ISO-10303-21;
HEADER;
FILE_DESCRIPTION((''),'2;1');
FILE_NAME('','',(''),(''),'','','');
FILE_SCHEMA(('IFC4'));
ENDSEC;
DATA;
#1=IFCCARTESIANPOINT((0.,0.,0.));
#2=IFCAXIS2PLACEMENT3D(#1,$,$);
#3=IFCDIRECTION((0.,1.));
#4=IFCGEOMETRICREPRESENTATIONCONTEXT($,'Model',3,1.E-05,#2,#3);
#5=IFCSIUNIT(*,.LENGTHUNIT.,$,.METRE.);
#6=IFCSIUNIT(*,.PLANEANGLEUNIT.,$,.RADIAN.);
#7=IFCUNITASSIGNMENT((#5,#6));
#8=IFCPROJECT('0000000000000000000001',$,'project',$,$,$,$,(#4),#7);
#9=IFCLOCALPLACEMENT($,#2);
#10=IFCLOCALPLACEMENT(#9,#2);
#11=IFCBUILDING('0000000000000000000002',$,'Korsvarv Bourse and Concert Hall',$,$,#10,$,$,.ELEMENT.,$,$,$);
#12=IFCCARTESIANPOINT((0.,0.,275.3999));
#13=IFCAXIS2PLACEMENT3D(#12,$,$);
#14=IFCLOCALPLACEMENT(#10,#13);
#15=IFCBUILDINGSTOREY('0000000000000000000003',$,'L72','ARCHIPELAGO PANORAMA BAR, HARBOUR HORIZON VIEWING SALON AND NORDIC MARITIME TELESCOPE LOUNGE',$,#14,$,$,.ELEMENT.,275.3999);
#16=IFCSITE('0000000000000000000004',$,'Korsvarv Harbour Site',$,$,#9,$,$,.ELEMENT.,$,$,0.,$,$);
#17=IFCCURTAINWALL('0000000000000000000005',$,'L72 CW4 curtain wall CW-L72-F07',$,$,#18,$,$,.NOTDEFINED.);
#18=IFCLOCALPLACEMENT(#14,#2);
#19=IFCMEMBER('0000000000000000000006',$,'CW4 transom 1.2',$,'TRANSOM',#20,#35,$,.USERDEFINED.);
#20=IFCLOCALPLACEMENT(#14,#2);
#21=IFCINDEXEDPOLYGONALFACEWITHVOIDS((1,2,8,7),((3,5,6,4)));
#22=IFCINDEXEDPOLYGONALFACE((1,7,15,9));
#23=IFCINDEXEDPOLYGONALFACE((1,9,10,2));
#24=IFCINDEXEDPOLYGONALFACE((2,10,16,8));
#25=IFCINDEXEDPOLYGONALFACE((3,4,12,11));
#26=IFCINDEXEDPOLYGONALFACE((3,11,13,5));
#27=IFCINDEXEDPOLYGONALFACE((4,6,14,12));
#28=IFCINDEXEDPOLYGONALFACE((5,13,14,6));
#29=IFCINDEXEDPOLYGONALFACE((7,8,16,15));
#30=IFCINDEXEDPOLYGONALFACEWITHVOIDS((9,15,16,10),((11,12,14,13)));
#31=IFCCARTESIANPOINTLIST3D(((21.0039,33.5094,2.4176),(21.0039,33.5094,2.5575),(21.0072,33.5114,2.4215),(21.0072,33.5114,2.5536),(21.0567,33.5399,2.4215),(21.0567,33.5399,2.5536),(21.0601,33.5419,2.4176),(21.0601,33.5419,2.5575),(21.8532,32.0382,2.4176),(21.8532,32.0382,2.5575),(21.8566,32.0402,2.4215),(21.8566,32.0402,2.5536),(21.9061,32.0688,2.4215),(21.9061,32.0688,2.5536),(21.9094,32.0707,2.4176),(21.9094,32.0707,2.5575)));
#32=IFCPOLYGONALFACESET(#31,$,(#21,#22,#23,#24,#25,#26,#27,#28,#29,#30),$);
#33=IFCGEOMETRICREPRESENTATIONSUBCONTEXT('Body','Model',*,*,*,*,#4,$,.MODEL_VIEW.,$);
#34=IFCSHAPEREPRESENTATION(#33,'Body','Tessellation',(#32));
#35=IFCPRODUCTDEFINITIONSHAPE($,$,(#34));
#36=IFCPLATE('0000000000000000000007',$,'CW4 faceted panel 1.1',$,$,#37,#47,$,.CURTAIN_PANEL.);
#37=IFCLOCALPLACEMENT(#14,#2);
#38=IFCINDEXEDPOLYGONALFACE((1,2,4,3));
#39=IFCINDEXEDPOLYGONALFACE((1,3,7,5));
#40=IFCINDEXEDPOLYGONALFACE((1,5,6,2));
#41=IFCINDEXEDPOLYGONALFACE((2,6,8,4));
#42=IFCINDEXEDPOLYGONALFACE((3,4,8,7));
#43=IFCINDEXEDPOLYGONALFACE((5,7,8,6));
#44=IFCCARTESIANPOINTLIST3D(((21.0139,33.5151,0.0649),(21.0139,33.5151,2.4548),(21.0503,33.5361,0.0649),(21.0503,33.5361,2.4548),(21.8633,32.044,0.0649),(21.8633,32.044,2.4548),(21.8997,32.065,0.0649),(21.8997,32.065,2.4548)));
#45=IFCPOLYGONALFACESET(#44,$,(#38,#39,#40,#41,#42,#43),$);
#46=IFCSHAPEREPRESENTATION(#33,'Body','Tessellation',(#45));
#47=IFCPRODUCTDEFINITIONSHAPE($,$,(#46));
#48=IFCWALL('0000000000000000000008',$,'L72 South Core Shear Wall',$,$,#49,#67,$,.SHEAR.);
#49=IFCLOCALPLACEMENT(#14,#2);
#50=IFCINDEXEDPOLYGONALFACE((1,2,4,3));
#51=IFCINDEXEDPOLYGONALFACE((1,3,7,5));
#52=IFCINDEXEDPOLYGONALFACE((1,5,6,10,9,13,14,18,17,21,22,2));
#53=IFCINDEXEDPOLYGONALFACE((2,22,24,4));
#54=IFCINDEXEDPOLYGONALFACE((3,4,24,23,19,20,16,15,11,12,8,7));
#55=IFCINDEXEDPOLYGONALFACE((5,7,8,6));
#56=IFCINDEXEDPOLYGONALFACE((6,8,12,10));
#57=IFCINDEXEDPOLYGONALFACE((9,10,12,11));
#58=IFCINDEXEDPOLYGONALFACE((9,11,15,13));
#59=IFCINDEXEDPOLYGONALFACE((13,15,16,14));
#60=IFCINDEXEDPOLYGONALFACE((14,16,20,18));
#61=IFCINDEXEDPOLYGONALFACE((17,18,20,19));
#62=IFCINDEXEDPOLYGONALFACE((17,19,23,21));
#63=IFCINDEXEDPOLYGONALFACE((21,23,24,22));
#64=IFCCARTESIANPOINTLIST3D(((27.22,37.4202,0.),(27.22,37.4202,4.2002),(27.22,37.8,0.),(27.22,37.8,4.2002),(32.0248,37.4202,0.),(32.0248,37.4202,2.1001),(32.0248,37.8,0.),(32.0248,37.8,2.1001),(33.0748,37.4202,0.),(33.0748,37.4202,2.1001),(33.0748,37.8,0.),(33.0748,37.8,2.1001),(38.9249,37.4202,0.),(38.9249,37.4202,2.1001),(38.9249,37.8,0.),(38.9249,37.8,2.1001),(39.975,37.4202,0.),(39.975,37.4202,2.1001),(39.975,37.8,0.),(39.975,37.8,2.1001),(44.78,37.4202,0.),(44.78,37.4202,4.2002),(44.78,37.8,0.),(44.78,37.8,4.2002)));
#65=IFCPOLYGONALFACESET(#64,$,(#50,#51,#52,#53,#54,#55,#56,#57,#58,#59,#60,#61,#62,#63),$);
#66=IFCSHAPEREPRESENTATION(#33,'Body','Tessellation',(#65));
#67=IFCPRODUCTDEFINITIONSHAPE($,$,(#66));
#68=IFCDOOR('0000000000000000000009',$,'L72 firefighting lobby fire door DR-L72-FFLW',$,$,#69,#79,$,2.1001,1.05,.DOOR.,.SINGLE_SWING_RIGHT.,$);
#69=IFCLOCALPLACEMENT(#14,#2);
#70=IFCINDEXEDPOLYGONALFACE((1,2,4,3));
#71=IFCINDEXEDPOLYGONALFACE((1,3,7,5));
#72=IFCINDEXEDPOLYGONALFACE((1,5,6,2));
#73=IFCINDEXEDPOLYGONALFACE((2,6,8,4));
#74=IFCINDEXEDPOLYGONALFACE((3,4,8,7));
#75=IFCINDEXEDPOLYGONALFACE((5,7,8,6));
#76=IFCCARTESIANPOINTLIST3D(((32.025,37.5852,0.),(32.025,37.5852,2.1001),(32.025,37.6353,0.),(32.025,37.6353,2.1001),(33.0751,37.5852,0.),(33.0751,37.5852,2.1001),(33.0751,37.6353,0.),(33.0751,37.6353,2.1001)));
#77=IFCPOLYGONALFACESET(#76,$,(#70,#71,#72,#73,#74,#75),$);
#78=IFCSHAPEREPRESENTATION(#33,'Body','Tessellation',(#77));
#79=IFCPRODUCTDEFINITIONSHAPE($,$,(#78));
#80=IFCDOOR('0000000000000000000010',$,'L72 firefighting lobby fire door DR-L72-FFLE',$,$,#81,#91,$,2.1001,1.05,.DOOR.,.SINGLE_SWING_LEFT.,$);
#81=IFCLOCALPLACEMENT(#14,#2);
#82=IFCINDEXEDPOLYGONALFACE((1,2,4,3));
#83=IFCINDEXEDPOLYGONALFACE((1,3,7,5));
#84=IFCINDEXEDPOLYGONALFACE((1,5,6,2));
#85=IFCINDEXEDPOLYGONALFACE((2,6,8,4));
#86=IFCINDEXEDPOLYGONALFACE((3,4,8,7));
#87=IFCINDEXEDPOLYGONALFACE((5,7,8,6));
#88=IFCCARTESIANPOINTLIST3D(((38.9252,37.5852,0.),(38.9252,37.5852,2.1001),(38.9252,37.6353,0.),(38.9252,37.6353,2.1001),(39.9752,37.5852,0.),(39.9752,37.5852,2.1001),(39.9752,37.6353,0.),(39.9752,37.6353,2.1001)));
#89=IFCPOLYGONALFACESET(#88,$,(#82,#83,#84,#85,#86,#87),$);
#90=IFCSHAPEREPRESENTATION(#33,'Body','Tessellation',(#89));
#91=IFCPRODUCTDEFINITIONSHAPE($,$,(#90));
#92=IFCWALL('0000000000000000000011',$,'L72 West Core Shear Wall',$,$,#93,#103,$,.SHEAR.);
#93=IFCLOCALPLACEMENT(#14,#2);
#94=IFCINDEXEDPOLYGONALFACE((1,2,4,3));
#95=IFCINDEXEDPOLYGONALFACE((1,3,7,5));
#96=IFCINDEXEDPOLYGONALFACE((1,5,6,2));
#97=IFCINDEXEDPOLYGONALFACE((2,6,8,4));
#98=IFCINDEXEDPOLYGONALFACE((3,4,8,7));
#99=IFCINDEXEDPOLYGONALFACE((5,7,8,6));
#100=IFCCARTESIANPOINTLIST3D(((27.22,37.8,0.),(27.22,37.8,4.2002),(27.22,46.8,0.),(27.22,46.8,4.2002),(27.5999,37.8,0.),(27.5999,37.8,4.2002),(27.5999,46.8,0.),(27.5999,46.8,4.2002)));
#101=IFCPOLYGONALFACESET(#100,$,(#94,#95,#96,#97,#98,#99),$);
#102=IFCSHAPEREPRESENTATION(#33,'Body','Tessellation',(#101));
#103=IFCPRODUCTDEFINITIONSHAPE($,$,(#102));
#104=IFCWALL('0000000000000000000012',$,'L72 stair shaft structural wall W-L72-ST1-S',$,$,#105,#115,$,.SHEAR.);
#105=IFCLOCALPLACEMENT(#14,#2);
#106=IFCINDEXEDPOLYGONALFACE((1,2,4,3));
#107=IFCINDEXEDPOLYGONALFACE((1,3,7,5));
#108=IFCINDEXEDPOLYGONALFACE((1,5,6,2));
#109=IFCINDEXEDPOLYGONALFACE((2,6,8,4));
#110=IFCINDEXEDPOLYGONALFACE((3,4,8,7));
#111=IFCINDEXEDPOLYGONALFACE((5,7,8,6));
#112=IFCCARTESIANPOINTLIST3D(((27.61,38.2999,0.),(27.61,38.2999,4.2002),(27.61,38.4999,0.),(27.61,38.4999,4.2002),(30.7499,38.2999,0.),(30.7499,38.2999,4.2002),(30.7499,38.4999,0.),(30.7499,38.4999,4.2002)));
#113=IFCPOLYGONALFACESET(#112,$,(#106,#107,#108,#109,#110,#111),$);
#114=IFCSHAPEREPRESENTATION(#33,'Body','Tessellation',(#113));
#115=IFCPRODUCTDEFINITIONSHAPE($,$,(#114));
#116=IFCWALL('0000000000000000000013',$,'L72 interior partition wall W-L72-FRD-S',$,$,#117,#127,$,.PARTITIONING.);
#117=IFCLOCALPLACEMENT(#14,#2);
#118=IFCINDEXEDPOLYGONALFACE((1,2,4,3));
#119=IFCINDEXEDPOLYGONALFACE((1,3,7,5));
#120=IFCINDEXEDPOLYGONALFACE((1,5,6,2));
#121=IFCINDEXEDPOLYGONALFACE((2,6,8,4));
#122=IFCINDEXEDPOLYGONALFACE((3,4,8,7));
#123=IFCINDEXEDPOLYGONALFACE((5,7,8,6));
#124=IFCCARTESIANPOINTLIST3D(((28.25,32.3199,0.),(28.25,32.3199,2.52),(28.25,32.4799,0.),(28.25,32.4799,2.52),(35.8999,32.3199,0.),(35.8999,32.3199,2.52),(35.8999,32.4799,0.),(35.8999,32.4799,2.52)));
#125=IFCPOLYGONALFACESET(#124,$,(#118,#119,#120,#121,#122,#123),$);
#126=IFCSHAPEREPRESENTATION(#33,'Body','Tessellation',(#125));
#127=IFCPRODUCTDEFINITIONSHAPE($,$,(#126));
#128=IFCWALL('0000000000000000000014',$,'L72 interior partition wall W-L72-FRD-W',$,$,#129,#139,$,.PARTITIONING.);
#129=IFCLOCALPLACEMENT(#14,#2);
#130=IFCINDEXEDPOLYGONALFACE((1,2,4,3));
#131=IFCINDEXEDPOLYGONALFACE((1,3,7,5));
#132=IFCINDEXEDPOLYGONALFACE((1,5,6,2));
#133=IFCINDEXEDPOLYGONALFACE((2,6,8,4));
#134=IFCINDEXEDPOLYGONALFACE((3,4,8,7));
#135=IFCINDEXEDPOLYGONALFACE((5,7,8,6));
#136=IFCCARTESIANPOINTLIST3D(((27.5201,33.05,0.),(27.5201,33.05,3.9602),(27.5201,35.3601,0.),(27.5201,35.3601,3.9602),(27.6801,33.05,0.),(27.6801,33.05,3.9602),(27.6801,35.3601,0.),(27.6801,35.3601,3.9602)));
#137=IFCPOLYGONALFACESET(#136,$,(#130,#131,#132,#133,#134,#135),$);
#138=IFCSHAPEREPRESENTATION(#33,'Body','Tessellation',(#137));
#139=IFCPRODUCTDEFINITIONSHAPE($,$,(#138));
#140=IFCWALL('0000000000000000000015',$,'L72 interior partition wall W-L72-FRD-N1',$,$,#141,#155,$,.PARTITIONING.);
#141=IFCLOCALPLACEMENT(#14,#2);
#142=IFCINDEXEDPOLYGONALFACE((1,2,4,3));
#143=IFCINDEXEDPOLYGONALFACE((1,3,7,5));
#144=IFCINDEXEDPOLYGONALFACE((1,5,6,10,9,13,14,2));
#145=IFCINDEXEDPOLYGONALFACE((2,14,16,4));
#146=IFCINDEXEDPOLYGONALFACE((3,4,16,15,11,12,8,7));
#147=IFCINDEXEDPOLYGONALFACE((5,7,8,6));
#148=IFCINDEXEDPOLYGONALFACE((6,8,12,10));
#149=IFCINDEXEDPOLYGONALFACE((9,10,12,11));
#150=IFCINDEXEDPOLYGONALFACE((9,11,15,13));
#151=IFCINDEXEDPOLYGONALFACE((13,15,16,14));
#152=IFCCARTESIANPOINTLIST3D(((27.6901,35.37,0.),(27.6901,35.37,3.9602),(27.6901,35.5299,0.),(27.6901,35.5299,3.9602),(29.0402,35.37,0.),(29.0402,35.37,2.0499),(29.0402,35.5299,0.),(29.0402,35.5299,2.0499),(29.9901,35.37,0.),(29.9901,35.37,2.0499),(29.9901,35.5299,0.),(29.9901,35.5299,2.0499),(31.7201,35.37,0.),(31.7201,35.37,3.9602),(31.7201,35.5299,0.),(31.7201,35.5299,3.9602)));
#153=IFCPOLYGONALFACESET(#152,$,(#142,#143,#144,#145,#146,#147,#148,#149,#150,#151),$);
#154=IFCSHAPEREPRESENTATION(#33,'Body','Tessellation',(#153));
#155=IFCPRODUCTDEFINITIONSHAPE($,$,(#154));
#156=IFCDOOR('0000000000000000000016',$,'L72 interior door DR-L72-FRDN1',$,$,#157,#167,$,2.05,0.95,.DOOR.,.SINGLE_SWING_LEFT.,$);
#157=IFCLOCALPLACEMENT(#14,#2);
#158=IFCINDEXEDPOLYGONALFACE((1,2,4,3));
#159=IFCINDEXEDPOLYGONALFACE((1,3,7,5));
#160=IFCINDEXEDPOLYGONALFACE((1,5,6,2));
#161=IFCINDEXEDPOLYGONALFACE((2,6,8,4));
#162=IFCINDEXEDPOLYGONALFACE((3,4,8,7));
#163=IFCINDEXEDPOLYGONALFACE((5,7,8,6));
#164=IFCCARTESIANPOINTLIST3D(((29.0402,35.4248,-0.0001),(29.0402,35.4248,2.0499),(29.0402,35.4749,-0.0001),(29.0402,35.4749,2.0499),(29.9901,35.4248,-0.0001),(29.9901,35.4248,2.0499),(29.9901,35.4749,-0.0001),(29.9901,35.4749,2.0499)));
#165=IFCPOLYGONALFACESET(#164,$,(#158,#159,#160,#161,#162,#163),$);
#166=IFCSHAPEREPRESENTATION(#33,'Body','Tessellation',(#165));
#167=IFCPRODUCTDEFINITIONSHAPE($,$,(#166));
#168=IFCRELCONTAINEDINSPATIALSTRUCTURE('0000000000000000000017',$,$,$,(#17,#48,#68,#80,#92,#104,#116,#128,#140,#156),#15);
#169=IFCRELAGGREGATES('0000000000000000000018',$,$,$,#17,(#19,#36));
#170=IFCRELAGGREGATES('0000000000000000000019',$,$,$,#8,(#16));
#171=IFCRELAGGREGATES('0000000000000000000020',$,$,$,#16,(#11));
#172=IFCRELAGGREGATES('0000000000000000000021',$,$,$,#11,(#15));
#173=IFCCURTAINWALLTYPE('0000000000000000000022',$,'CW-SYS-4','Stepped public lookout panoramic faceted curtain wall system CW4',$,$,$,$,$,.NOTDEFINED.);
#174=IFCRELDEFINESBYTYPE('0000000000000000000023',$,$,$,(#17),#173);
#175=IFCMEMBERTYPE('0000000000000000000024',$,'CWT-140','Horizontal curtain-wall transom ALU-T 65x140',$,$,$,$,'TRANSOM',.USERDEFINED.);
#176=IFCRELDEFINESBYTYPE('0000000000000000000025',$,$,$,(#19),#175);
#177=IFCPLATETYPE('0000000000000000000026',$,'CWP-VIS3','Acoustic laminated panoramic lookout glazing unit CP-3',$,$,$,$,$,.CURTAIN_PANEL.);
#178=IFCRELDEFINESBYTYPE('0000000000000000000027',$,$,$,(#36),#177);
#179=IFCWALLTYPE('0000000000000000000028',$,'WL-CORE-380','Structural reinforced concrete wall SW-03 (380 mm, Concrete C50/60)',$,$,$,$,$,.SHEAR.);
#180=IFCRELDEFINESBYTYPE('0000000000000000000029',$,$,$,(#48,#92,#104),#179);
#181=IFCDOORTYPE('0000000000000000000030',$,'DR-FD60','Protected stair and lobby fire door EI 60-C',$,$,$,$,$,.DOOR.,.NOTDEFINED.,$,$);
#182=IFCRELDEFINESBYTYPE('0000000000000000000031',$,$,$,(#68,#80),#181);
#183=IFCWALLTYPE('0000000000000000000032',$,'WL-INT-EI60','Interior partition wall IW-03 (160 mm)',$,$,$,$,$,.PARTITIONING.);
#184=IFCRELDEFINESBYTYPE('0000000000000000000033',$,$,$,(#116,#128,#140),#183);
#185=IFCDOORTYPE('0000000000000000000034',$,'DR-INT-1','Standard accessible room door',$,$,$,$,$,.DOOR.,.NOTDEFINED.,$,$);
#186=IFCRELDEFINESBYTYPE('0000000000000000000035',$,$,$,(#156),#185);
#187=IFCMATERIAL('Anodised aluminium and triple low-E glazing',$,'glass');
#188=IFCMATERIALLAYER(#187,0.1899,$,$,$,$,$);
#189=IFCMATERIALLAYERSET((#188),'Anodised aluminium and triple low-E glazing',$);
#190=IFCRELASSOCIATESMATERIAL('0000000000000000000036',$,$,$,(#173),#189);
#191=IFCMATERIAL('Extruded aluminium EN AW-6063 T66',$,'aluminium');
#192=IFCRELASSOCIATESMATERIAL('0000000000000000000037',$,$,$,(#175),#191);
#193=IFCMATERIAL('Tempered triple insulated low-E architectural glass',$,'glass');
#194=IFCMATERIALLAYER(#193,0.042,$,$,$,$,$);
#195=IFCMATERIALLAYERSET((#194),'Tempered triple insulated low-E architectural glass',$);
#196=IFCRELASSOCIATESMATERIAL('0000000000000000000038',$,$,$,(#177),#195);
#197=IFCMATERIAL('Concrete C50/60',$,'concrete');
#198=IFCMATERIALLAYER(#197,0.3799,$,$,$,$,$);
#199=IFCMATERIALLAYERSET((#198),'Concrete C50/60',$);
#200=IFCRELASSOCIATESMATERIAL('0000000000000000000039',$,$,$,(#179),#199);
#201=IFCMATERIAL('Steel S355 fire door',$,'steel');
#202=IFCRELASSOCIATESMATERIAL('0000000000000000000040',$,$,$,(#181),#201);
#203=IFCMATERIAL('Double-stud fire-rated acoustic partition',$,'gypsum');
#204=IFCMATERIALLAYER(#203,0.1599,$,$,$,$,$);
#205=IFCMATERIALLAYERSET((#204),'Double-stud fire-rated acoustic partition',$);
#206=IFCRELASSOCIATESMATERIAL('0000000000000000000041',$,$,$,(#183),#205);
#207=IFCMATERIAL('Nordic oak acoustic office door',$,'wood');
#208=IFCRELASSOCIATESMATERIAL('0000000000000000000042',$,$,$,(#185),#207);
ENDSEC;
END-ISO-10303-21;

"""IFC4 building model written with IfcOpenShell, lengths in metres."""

from ifc_helpers import new_model, si_unit, direction, frame, frame_2d, origin, origin_2d, place, context, subcontext, project, spatial, rectangle, hollow_rectangle, extrude, source, transform, mapped, material, layer, layer_set, material_profile, profile_set, type_object, element, fill, aggregate, save


model = new_model("IFC4")

# Units and contexts
model_context = context("Model", 3, precision=1e-05, world=origin(), true_north=direction((0.0, 1.0)))
body_context = subcontext(model_context, "Body", "Model", "MODEL_VIEW")
ifc_project = project(units=[si_unit("LENGTHUNIT", "METRE"), si_unit("PLANEANGLEUNIT", "RADIAN")], contexts=[model_context])

# Site, building, storey
site_placement = place(None, origin())
site = spatial("IfcSite", under=ifc_project, at=site_placement, Name="Korsvarv Harbour Site", CompositionType="ELEMENT", RefElevation=0.0)
building_placement = place(site_placement, origin())
building = spatial("IfcBuilding", under=site, at=building_placement, Name="Korsvarv Bourse and Concert Hall", CompositionType="ELEMENT")
storey_placement = place(building_placement, frame((0.0, 0.0, 275.3999)))
storey = spatial("IfcBuildingStorey", under=building, at=storey_placement, Name="L72", Description="ARCHIPELAGO PANORAMA BAR, HARBOUR HORIZON VIEWING SALON AND NORDIC MARITIME TELESCOPE LOUNGE", CompositionType="ELEMENT", Elevation=275.3999)

# Shared definitions
ifc_material_1 = material(Name="Concrete C50/60", Category="concrete")

# Curtain wall, member, plate
ifc_material_2 = material(Name="Anodised aluminium and triple low-E glazing", Category="glass")
ifc_layer_1 = layer(ifc_material_2, 0.1899)
ifc_layer_set_1 = layer_set([ifc_layer_1], Name="Anodised aluminium and triple low-E glazing")
curtain_wall_type = type_object("IfcCurtainWallType", Name="CW-SYS-4", Description="Stepped public lookout panoramic faceted curtain wall system CW4", PredefinedType="NOTDEFINED", material=ifc_layer_set_1)
curtain_wall_placement = place(storey_placement, origin())
curtain_wall = element("IfcCurtainWall", 1, at=curtain_wall_placement, inside=storey, type_object=curtain_wall_type, Name="L72 CW4 curtain wall CW-L72-F07", PredefinedType="NOTDEFINED")
ifc_material_3 = material(Name="Extruded aluminium EN AW-6063 T66", Category="aluminium")
ifc_material_profile_1 = material_profile(ifc_material_3, hollow_rectangle(XDim=0.0649, YDim=0.1399, WallThickness=0.0039, at=origin_2d()), Name="ALU-T 65x140")
ifc_profile_set_1 = profile_set([ifc_material_profile_1], Name="Extruded aluminium EN AW-6063 T66")
member_type_1 = type_object("IfcMemberType", Name="CWT-140", Description="Horizontal curtain-wall transom ALU-T 65x140", ElementType="TRANSOM", PredefinedType="USERDEFINED", material=ifc_profile_set_1)
shared_shape_1 = source(origin(), body_context, "Body", "SweptSolid", [
    extrude(hollow_rectangle(XDim=0.0649, YDim=0.1399, WallThickness=0.0039, at=origin_2d()), origin(), (0.0, 0.0, 1.0), 1.6987),
])
member_1_placement = place(storey_placement, frame((21.032, 33.5256, 2.4875), z_axis=(0.499988, -0.866032, 0.0), x_axis=(0.866032, 0.499988, 0.0)))
member_1 = element("IfcMember", 2, at=member_1_placement, type_object=member_type_1, Name="CW4 transom 1.2", ObjectType="TRANSOM", PredefinedType="USERDEFINED", context=body_context, shape_type="MappedRepresentation", body=[
    mapped(shared_shape_1, transform((0.0, 0.0, 0.0), scale=1.0)),
])
ifc_material_4 = material(Name="Tempered triple insulated low-E architectural glass", Category="glass")
ifc_layer_2 = layer(ifc_material_4, 0.042)
ifc_layer_set_2 = layer_set([ifc_layer_2], Name="Tempered triple insulated low-E architectural glass")
plate_type = type_object("IfcPlateType", Name="CWP-VIS3", Description="Acoustic laminated panoramic lookout glazing unit CP-3", PredefinedType="CURTAIN_PANEL", material=ifc_layer_set_2)
shared_shape_2 = source(origin(), body_context, "Body", "SweptSolid", [
    extrude(rectangle(XDim=1.6987, YDim=0.042, at=origin_2d()), origin(), (0.0, 0.0, 1.0), 2.3899),
])
plate_placement = place(storey_placement, frame((21.4568, 32.79, 0.0649), z_axis=(0.0, 0.0, 1.0), x_axis=(0.500004, -0.866023, 0.0)))
plate = element("IfcPlate", 3, at=plate_placement, type_object=plate_type, Name="CW4 faceted panel 1.1", PredefinedType="CURTAIN_PANEL", context=body_context, shape_type="MappedRepresentation", body=[
    mapped(shared_shape_2, transform((0.0, 0.0, 0.0), scale=1.0)),
])
aggregate(curtain_wall, [member_1, plate])

# Wall, openings, doors
ifc_layer_3 = layer(ifc_material_1, 0.3799)
ifc_layer_set_3 = layer_set([ifc_layer_3], Name="Concrete C50/60")
wall_type_1 = type_object("IfcWallType", Name="WL-CORE-380", Description="Structural reinforced concrete wall SW-03 (380 mm, Concrete C50/60)", PredefinedType="SHEAR", material=ifc_layer_set_3)
wall_1_placement = place(storey_placement, frame((27.22, 37.6101, 0.0), z_axis=(0.0, 0.0, 1.0), x_axis=(1.0, 0.0, 0.0)))
wall_1 = element("IfcWall", 4, at=wall_1_placement, inside=storey, type_object=wall_type_1, Name="L72 South Core Shear Wall", PredefinedType="SHEAR", context=body_context, shape_type="SweptSolid", body=[
    extrude(rectangle(XDim=17.5601, YDim=0.3799, at=frame_2d((8.78, 0.0))), origin(), (0.0, 0.0, 1.0), 4.2002),
])
opening_1_placement = place(wall_1_placement, frame((4.8049, 0.0, 0.0)))
opening_1 = element("IfcOpeningElement", 5, at=opening_1_placement, cuts=wall_1, PredefinedType="OPENING", context=body_context, shape_type="SweptSolid", body=[
    extrude(rectangle(XDim=1.05, YDim=2.1001, at=frame_2d((0.5249, 1.05))), frame((0.0, 0.2, 0.0), z_axis=(0.0, -1.0, 0.0), x_axis=(1.0, 0.0, 0.0)), (0.0, 0.0, 1.0), 0.3999),
])
opening_2_placement = place(wall_1_placement, frame((11.7051, 0.0, 0.0)))
opening_2 = element("IfcOpeningElement", 6, at=opening_2_placement, cuts=wall_1, PredefinedType="OPENING", context=body_context, shape_type="SweptSolid", body=[
    extrude(rectangle(XDim=1.05, YDim=2.1001, at=frame_2d((0.5249, 1.05))), frame((0.0, 0.2, 0.0), z_axis=(0.0, -1.0, 0.0), x_axis=(1.0, 0.0, 0.0)), (0.0, 0.0, 1.0), 0.3999),
])
ifc_material_5 = material(Name="Steel S355 fire door", Category="steel")
door_type_1 = type_object("IfcDoorType", Name="DR-FD60", Description="Protected stair and lobby fire door EI 60-C", OperationType="NOTDEFINED", PredefinedType="DOOR", material=ifc_material_5)
door_1_placement = place(opening_1_placement, frame((1.05, 0.0, 0.0), z_axis=(0.0, 0.0, 1.0), x_axis=(-1.0, 0.0, 0.0)))
door_1 = element("IfcDoor", 7, at=door_1_placement, inside=storey, type_object=door_type_1, Name="L72 firefighting lobby fire door DR-L72-FFLW", OperationType="SINGLE_SWING_RIGHT", OverallHeight=2.1001, OverallWidth=1.05, PredefinedType="DOOR", context=body_context, shape_type="SweptSolid", body=[
    extrude(rectangle(XDim=1.05, YDim=2.1001, at=frame_2d((0.5249, 1.05))), frame((0.0, 0.0249, 0.0), z_axis=(0.0, -1.0, 0.0), x_axis=(1.0, 0.0, 0.0)), (0.0, 0.0, 1.0), 0.05),
])
fill(opening_1, door_1)
door_2_placement = place(opening_2_placement, frame((1.05, 0.0, 0.0), z_axis=(0.0, 0.0, 1.0), x_axis=(-1.0, 0.0, 0.0)))
door_2 = element("IfcDoor", 8, at=door_2_placement, inside=storey, type_object=door_type_1, Name="L72 firefighting lobby fire door DR-L72-FFLE", OperationType="SINGLE_SWING_LEFT", OverallHeight=2.1001, OverallWidth=1.05, PredefinedType="DOOR", context=body_context, shape_type="SweptSolid", body=[
    extrude(rectangle(XDim=1.05, YDim=2.1001, at=frame_2d((0.5249, 1.05))), frame((0.0, 0.0249, 0.0), z_axis=(0.0, -1.0, 0.0), x_axis=(1.0, 0.0, 0.0)), (0.0, 0.0, 1.0), 0.05),
])
fill(opening_2, door_2)

# Walls
wall_2_placement = place(storey_placement, frame((27.4099, 37.8, 0.0), z_axis=(0.0, 0.0, 1.0), x_axis=(0.0, 1.0, 0.0)))
element("IfcWall", 9, at=wall_2_placement, inside=storey, type_object=wall_type_1, Name="L72 West Core Shear Wall", PredefinedType="SHEAR", context=body_context, shape_type="SweptSolid", body=[
    extrude(rectangle(XDim=9.0, YDim=0.3799, at=frame_2d((4.5, 0.0))), origin(), (0.0, 0.0, 1.0), 4.2002),
])
wall_3_placement = place(storey_placement, frame((27.6101, 38.3999, 0.0), z_axis=(0.0, 0.0, 1.0), x_axis=(1.0, 0.0, 0.0)))
element("IfcWall", 10, at=wall_3_placement, inside=storey, type_object=wall_type_1, Name="L72 stair shaft structural wall W-L72-ST1-S", PredefinedType="SHEAR", context=body_context, shape_type="SweptSolid", body=[
    extrude(rectangle(XDim=3.1399, YDim=0.2, at=frame_2d((1.5698, 0.0))), origin(), (0.0, 0.0, 1.0), 4.2002),
])
ifc_material_6 = material(Name="Double-stud fire-rated acoustic partition", Category="gypsum")
ifc_layer_4 = layer(ifc_material_6, 0.1599)
ifc_layer_set_4 = layer_set([ifc_layer_4], Name="Double-stud fire-rated acoustic partition")
wall_type_2 = type_object("IfcWallType", Name="WL-INT-EI60", Description="Interior partition wall IW-03 (160 mm)", PredefinedType="PARTITIONING", material=ifc_layer_set_4)
wall_4_placement = place(storey_placement, frame((28.25, 32.3999, 0.0), z_axis=(0.0, 0.0, 1.0), x_axis=(1.0, 0.0, 0.0)))
element("IfcWall", 11, at=wall_4_placement, inside=storey, type_object=wall_type_2, Name="L72 interior partition wall W-L72-FRD-S", PredefinedType="PARTITIONING", context=body_context, shape_type="SweptSolid", body=[
    extrude(rectangle(XDim=7.6499, YDim=0.1599, at=frame_2d((3.825, 0.0))), origin(), (0.0, 0.0, 1.0), 2.52),
])
wall_5_placement = place(storey_placement, frame((27.6001, 33.05, 0.0), z_axis=(0.0, 0.0, 1.0), x_axis=(0.0, 1.0, 0.0)))
element("IfcWall", 12, at=wall_5_placement, inside=storey, type_object=wall_type_2, Name="L72 interior partition wall W-L72-FRD-W", PredefinedType="PARTITIONING", context=body_context, shape_type="SweptSolid", body=[
    extrude(rectangle(XDim=2.3101, YDim=0.1599, at=frame_2d((1.155, 0.0))), origin(), (0.0, 0.0, 1.0), 3.9602),
])

# Wall, opening, door
wall_6_placement = place(storey_placement, frame((27.6899, 35.45, 0.0), z_axis=(0.0, 0.0, 1.0), x_axis=(1.0, 0.0, 0.0)))
wall_6 = element("IfcWall", 13, at=wall_6_placement, inside=storey, type_object=wall_type_2, Name="L72 interior partition wall W-L72-FRD-N1", PredefinedType="PARTITIONING", context=body_context, shape_type="SweptSolid", body=[
    extrude(rectangle(XDim=4.03, YDim=0.1599, at=frame_2d((2.0151, 0.0))), origin(), (0.0, 0.0, 1.0), 3.9602),
])
opening_3_placement = place(wall_6_placement, frame((1.3501, 0.0, 0.0)))
opening_3 = element("IfcOpeningElement", 14, at=opening_3_placement, cuts=wall_6, PredefinedType="OPENING", context=body_context, shape_type="SweptSolid", body=[
    extrude(rectangle(XDim=0.95, YDim=2.05, at=frame_2d((0.4751, 1.0249))), frame((0.0, 0.0898, 0.0), z_axis=(0.0, -1.0, 0.0), x_axis=(1.0, 0.0, 0.0)), (0.0, 0.0, 1.0), 0.1799),
])
ifc_material_7 = material(Name="Nordic oak acoustic office door", Category="wood")
door_type_2 = type_object("IfcDoorType", Name="DR-INT-1", Description="Standard accessible room door", OperationType="NOTDEFINED", PredefinedType="DOOR", material=ifc_material_7)
door_3_placement = place(opening_3_placement, origin())
door_3 = element("IfcDoor", 15, at=door_3_placement, inside=storey, type_object=door_type_2, Name="L72 interior door DR-L72-FRDN1", OperationType="SINGLE_SWING_LEFT", OverallHeight=2.05, OverallWidth=0.95, PredefinedType="DOOR", context=body_context, shape_type="SweptSolid", body=[
    extrude(rectangle(XDim=0.95, YDim=2.05, at=frame_2d((0.4751, 1.0249))), frame((0.0, 0.0249, 0.0), z_axis=(0.0, -1.0, 0.0), x_axis=(1.0, 0.0, 0.0)), (0.0, 0.0, 1.0), 0.05),
])
fill(opening_3, door_3)

save(model, "model.ifc")
